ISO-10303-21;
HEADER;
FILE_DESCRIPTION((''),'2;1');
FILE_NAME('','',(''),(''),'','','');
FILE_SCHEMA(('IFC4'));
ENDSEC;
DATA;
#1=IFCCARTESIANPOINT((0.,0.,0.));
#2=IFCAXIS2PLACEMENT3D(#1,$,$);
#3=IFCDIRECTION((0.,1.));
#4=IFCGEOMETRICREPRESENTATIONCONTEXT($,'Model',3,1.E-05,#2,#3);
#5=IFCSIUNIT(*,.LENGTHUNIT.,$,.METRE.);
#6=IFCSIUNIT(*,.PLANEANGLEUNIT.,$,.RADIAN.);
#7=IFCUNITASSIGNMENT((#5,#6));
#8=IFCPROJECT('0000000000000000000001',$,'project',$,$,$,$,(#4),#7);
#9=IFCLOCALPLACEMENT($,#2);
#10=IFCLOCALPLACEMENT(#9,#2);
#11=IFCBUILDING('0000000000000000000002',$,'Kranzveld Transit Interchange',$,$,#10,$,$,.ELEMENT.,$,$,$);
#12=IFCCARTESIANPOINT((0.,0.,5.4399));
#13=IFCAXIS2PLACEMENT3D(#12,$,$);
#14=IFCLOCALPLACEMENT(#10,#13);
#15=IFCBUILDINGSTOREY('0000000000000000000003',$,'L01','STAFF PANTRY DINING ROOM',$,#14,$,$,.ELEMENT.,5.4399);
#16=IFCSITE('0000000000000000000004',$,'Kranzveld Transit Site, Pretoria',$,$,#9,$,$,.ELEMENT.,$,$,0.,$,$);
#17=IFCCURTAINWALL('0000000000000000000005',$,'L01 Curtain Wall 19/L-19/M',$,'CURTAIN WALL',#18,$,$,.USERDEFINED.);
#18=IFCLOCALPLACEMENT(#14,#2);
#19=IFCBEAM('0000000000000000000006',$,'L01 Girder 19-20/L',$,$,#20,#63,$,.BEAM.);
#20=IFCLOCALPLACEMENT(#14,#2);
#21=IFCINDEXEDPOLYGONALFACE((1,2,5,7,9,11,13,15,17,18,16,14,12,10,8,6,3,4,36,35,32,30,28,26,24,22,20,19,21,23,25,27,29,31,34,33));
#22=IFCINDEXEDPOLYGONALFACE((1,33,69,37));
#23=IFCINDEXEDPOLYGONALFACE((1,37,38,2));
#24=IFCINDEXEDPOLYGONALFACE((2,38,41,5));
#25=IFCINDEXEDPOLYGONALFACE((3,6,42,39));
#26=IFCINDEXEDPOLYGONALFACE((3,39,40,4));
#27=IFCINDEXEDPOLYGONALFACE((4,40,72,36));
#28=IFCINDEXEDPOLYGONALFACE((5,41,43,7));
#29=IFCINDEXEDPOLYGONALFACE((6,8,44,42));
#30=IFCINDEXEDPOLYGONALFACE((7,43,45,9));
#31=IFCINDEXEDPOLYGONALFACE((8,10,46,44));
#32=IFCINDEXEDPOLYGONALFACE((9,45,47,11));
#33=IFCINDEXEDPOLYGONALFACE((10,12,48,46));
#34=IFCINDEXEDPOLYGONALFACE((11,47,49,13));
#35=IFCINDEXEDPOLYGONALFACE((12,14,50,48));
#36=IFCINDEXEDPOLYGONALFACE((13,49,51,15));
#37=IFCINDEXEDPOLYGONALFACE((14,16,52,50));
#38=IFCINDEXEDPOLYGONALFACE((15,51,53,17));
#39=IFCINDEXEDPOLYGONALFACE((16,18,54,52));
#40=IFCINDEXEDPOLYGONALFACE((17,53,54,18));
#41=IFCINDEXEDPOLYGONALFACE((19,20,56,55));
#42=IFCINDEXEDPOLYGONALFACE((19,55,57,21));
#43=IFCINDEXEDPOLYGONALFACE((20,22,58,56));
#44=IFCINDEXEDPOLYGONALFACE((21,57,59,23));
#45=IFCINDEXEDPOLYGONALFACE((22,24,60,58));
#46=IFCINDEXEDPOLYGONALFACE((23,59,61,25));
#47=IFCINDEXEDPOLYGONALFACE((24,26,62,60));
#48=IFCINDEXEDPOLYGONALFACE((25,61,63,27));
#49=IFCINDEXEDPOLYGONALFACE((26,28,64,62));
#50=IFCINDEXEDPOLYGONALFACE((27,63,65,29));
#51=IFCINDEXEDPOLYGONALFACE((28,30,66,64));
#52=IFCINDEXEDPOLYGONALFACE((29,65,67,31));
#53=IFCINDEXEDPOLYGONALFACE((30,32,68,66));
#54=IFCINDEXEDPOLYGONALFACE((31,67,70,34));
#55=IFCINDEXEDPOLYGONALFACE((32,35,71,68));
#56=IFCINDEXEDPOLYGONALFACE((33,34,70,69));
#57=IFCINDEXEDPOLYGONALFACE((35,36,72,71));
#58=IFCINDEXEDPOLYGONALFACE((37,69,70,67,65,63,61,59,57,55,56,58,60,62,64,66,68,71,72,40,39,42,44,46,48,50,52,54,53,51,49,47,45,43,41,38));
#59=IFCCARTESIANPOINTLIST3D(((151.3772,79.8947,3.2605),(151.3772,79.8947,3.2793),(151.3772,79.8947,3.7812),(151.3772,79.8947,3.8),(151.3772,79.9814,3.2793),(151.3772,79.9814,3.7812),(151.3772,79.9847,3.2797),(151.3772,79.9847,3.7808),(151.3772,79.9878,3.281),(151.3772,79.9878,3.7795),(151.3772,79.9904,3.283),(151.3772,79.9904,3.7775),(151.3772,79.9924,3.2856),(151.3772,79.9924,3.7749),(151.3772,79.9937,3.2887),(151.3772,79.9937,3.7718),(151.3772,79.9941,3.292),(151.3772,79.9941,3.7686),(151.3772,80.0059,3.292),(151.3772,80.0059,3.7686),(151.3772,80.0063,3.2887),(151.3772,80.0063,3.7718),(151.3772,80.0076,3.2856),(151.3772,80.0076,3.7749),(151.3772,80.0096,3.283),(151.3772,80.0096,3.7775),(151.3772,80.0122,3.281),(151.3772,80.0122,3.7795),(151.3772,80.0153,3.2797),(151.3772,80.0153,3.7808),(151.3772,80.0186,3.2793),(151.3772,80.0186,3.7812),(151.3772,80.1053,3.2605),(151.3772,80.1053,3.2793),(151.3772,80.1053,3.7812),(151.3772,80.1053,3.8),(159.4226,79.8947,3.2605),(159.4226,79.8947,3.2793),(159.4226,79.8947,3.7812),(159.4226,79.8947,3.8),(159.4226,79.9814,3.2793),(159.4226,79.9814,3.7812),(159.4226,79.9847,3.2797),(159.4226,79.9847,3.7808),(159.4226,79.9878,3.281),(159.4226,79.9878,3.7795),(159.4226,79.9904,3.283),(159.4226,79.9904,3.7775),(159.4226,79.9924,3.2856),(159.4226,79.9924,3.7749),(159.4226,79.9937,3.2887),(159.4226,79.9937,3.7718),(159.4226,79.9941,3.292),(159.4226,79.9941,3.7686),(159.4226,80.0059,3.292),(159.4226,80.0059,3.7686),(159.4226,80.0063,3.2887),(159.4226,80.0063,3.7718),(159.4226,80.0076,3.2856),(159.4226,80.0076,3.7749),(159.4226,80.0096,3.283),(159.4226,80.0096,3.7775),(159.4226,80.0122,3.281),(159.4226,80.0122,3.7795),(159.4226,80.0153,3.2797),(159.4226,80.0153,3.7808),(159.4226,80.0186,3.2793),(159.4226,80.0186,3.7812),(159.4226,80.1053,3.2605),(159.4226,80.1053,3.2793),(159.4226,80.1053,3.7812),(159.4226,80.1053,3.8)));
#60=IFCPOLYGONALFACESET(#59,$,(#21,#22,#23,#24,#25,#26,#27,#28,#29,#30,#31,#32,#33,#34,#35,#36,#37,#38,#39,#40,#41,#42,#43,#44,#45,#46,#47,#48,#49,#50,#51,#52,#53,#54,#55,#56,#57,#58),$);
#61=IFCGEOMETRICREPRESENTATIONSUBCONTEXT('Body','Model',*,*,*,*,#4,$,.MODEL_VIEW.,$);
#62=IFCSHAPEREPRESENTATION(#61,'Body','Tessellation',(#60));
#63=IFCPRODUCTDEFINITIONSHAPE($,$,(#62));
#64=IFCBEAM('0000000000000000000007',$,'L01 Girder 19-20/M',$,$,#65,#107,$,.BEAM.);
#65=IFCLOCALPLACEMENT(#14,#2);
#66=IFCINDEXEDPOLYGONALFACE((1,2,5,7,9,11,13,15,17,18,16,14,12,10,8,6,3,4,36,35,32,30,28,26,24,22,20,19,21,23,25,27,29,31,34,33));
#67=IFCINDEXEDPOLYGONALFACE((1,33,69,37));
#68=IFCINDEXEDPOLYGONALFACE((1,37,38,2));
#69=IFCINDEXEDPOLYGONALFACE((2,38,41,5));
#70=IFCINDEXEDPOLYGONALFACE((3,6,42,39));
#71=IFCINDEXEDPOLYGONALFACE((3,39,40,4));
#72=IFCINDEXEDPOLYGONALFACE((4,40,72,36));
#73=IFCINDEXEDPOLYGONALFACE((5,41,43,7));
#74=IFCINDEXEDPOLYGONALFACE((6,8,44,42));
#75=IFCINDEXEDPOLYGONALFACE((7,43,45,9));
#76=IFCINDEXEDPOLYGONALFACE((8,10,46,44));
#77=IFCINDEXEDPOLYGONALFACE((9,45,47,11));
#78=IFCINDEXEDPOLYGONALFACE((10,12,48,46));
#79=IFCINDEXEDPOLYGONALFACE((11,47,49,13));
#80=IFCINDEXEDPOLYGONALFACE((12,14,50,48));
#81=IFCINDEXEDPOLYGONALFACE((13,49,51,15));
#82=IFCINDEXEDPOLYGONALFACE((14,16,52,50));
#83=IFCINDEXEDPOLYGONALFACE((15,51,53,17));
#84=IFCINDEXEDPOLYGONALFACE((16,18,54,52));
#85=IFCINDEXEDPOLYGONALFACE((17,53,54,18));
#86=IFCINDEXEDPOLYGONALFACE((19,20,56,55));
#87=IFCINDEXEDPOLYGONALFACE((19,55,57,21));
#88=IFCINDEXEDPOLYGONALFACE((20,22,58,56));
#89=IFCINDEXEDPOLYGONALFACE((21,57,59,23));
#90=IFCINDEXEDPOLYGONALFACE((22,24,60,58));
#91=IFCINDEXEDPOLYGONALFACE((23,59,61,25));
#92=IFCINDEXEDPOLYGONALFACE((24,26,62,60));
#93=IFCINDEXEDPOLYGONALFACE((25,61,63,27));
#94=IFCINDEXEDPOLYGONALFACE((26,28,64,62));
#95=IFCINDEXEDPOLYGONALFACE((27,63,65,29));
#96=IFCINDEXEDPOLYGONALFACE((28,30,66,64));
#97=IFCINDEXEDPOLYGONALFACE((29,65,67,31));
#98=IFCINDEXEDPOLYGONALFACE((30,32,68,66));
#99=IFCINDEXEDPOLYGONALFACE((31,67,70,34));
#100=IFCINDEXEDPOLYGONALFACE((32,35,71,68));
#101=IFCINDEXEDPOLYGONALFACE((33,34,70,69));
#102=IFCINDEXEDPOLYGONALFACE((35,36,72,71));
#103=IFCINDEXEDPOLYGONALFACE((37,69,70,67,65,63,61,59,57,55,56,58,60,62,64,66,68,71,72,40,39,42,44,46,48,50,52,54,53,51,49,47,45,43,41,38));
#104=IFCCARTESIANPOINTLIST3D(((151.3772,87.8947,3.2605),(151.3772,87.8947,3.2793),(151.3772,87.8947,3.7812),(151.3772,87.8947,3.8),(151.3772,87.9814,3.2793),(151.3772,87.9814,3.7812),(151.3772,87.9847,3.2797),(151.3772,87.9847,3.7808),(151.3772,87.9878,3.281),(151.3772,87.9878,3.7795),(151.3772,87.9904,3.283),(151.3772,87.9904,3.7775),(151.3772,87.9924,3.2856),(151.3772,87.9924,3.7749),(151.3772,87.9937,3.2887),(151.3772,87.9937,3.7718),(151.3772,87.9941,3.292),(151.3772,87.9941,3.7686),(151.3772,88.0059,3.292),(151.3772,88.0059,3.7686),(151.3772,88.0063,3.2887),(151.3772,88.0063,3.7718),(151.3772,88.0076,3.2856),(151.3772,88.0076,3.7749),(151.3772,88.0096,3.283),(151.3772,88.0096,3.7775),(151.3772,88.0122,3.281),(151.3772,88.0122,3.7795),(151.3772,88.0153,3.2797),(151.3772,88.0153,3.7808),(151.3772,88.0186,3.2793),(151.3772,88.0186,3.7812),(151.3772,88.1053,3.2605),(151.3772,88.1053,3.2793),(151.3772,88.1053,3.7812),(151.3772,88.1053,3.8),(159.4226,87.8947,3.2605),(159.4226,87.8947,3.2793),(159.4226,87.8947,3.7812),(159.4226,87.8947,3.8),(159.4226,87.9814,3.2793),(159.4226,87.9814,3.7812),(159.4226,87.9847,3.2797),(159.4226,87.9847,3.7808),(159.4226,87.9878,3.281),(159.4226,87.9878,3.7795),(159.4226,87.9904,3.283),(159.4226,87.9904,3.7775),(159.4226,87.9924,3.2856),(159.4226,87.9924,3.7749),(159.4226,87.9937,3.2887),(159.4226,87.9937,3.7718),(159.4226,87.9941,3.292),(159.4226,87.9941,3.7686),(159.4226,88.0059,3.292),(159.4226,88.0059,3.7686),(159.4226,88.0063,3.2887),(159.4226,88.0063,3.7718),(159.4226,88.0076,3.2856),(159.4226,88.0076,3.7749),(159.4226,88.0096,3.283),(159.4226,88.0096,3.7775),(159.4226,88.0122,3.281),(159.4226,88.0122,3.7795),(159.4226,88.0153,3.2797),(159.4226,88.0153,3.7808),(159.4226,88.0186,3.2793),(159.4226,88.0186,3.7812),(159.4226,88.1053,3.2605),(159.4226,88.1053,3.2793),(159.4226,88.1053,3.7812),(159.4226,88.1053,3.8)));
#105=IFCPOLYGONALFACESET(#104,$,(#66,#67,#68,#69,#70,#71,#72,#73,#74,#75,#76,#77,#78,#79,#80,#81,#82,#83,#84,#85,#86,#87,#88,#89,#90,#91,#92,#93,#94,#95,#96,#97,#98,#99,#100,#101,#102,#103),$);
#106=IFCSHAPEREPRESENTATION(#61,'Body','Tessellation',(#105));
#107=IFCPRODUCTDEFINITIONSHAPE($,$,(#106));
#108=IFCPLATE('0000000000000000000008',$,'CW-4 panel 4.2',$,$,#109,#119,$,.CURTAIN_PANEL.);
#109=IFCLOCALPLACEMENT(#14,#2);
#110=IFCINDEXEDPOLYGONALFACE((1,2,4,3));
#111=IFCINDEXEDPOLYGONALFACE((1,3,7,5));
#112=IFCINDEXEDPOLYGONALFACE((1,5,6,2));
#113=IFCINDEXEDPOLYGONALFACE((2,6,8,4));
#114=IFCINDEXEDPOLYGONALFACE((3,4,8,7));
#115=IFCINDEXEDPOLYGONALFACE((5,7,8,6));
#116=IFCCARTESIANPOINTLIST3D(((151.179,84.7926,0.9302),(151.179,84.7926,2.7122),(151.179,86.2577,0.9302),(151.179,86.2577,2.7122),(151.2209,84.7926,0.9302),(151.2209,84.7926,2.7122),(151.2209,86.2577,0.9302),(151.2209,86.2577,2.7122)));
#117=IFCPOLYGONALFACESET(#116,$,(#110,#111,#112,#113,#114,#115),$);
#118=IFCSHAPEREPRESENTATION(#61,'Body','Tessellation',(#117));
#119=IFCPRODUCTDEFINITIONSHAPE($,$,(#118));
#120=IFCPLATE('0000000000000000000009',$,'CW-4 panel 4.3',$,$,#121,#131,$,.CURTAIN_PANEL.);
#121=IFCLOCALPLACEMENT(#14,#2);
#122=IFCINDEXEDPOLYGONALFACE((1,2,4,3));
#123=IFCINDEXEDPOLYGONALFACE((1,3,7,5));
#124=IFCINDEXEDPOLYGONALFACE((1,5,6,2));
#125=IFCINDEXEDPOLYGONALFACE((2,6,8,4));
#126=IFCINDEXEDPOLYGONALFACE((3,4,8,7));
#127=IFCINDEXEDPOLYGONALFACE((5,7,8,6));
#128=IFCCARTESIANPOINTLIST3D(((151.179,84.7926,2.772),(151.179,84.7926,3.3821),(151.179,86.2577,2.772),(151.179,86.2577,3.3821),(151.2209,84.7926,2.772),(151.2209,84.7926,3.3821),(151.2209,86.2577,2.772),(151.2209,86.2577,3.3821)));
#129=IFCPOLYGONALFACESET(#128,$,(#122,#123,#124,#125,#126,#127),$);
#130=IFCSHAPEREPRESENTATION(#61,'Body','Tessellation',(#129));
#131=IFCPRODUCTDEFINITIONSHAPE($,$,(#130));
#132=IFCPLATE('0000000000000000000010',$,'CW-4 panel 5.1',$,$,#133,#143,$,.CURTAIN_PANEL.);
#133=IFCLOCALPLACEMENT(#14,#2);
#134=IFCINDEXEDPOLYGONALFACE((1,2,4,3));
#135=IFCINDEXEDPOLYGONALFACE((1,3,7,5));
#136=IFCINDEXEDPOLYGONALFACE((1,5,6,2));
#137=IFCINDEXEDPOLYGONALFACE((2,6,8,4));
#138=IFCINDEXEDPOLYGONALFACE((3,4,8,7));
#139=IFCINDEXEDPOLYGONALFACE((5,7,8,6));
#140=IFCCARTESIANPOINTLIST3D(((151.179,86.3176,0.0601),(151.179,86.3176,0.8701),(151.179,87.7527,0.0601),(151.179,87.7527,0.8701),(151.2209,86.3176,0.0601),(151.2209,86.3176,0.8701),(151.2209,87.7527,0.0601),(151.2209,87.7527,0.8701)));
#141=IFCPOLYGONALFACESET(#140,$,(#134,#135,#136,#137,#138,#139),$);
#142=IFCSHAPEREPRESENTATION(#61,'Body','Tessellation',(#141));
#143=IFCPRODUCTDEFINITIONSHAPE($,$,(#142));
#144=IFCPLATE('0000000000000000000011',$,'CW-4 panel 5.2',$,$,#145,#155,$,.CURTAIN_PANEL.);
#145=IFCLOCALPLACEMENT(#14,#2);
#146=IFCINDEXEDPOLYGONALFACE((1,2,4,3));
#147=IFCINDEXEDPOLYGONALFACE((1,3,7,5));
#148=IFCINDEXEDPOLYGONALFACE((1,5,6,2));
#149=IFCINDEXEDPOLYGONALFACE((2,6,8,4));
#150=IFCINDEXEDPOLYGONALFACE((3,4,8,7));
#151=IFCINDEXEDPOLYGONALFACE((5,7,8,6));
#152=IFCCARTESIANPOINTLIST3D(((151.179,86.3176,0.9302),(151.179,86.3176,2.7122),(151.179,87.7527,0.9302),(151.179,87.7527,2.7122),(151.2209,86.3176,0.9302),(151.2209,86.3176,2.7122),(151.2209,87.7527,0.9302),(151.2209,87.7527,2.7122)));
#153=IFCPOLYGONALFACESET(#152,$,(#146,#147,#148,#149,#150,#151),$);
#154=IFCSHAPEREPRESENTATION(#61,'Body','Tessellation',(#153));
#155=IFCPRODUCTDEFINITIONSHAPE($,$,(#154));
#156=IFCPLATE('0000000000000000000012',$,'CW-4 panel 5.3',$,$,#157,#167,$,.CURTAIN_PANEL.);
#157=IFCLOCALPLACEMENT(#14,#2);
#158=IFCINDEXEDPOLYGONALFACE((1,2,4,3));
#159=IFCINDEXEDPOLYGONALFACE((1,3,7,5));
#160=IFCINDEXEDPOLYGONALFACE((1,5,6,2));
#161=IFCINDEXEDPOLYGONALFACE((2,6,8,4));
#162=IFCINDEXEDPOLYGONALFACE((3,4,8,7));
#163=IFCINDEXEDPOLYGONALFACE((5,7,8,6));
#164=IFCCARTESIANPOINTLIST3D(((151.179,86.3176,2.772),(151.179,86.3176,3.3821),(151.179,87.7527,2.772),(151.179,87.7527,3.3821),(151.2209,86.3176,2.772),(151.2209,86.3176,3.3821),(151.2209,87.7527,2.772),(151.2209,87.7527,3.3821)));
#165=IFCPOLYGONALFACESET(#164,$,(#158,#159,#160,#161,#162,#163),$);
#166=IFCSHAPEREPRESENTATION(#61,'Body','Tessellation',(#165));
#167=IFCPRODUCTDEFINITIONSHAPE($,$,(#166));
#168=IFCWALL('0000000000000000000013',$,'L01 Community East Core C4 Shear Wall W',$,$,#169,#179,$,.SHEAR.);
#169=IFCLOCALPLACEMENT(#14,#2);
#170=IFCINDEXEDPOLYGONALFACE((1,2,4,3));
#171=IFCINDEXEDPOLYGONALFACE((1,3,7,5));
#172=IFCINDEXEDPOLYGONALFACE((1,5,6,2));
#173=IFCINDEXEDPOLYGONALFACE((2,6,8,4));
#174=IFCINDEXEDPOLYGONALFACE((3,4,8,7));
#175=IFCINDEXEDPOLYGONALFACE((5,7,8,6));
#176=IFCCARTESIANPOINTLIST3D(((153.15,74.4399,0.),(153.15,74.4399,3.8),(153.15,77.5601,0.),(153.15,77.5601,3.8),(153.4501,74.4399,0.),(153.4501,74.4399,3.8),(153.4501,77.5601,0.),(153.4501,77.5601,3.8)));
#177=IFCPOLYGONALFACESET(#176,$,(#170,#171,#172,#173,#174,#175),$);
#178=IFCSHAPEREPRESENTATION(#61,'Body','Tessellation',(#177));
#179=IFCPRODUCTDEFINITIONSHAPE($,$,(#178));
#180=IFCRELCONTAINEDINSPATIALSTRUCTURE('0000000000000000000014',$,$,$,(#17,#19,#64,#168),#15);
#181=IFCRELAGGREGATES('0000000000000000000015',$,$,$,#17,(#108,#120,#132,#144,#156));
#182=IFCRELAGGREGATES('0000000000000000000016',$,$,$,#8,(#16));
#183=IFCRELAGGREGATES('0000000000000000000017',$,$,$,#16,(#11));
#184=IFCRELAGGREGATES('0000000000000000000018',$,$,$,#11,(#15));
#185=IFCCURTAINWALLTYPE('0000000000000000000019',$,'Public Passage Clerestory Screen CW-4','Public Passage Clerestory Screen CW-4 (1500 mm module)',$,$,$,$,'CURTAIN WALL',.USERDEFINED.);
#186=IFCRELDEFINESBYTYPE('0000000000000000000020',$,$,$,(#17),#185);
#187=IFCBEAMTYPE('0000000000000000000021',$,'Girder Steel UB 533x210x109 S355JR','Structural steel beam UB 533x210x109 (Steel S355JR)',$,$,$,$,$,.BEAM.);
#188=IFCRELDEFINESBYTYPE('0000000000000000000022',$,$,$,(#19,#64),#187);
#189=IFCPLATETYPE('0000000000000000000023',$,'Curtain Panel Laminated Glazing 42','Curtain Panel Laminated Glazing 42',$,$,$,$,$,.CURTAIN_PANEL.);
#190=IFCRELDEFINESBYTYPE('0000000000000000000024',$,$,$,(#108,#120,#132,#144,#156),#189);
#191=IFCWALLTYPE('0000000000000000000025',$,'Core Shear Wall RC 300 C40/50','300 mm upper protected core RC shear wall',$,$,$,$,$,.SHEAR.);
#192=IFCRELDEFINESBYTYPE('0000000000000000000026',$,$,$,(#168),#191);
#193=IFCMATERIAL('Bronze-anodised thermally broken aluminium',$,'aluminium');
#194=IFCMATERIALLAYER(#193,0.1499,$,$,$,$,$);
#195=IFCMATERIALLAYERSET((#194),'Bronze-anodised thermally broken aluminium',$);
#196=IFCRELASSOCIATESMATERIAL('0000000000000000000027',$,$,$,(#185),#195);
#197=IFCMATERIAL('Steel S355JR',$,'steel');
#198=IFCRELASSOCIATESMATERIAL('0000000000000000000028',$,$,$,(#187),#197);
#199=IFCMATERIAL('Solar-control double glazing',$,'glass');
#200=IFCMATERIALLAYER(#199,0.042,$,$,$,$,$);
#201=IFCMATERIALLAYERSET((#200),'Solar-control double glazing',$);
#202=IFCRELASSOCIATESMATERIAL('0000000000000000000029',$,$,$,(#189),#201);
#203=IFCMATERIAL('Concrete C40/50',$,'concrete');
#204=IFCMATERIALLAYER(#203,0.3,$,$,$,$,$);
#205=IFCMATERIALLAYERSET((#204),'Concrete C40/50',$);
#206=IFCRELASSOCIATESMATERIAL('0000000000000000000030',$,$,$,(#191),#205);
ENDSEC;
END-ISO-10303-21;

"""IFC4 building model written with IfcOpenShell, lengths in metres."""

from ifc_helpers import new_model, si_unit, direction, frame, frame_2d, origin, origin_2d, place, context, subcontext, project, spatial, rectangle, i_section, extrude, material, layer, layer_set, material_profile, profile_set, type_object, element, aggregate, save


model = new_model("IFC4")

# Units and contexts
model_context = context("Model", 3, precision=1e-05, world=origin(), true_north=direction((0.0, 1.0)))
body_context = subcontext(model_context, "Body", "Model", "MODEL_VIEW")
ifc_project = project(units=[si_unit("LENGTHUNIT", "METRE"), si_unit("PLANEANGLEUNIT", "RADIAN")], contexts=[model_context])

# Site, building, storey
site_placement = place(None, origin())
site = spatial("IfcSite", under=ifc_project, at=site_placement, Name="Kranzveld Transit Site, Pretoria", CompositionType="ELEMENT", RefElevation=0.0)
building_placement = place(site_placement, origin())
building = spatial("IfcBuilding", under=site, at=building_placement, Name="Kranzveld Transit Interchange", CompositionType="ELEMENT")
storey_placement = place(building_placement, frame((0.0, 0.0, 5.4399)))
storey = spatial("IfcBuildingStorey", under=building, at=storey_placement, Name="L01", Description="STAFF PANTRY DINING ROOM", CompositionType="ELEMENT", Elevation=5.4399)

# Curtain wall
ifc_material_1 = material(Name="Bronze-anodised thermally broken aluminium", Category="aluminium")
ifc_layer_1 = layer(ifc_material_1, 0.1499)
ifc_layer_set_1 = layer_set([ifc_layer_1], Name="Bronze-anodised thermally broken aluminium")
curtain_wall_type_1 = type_object("IfcCurtainWallType", Name="Public Passage Clerestory Screen CW-4", Description="Public Passage Clerestory Screen CW-4 (1500 mm module)", ElementType="CURTAIN WALL", PredefinedType="USERDEFINED", material=ifc_layer_set_1)
curtain_wall_1_placement = place(storey_placement, origin())
curtain_wall_1 = element("IfcCurtainWall", 1, at=curtain_wall_1_placement, inside=storey, type_object=curtain_wall_type_1, Name="L01 Curtain Wall 19/L-19/M", ObjectType="CURTAIN WALL", PredefinedType="USERDEFINED")

# Beams
ifc_material_2 = material(Name="Steel S355JR", Category="steel")
ifc_material_profile_1 = material_profile(ifc_material_2, i_section(OverallWidth=0.2107, OverallDepth=0.5396, WebThickness=0.0117, FlangeThickness=0.0188, FilletRadius=0.0127, at=origin_2d()), Name="UB 533x210x109")
ifc_profile_set_1 = profile_set([ifc_material_profile_1], Name="Steel S355JR")
beam_type_1 = type_object("IfcBeamType", Name="Girder Steel UB 533x210x109 S355JR", Description="Structural steel beam UB 533x210x109 (Steel S355JR)", PredefinedType="BEAM", material=ifc_profile_set_1)
for number, where, z_axis, x_axis, name in (
    (2, (151.3772, 80.0, 3.5303), (1.0, 0.0, 0.0), (0.0, 1.0, 0.0), "L01 Girder 19-20/L"),
    (3, (151.3772, 88.0, 3.5303), (1.0, 0.0, 0.0), (0.0, 1.0, 0.0), "L01 Girder 19-20/M"),
):
    element("IfcBeam", number, at=place(storey_placement, frame(where, z_axis=z_axis, x_axis=x_axis)), inside=storey, type_object=beam_type_1, Name=name, PredefinedType="BEAM", context=body_context, shape_type="SweptSolid", body=[
        extrude(i_section(OverallWidth=0.2107, OverallDepth=0.5396, WebThickness=0.0117, FlangeThickness=0.0188, FilletRadius=0.0127, at=origin_2d()), origin(), (0.0, 0.0, 1.0), 8.0454),
    ])

# Plates
ifc_material_3 = material(Name="Solar-control double glazing", Category="glass")
ifc_layer_2 = layer(ifc_material_3, 0.042)
ifc_layer_set_2 = layer_set([ifc_layer_2], Name="Solar-control double glazing")
plate_type = type_object("IfcPlateType", Name="Curtain Panel Laminated Glazing 42", Description="Curtain Panel Laminated Glazing 42", PredefinedType="CURTAIN_PANEL", material=ifc_layer_set_2)
plate_1_placement = place(storey_placement, frame((151.2, 85.5251, 0.9302), z_axis=(0.0, 0.0, 1.0), x_axis=(0.0, 1.0, 0.0)))
plate_1 = element("IfcPlate", 4, at=plate_1_placement, type_object=plate_type, Name="CW-4 panel 4.2", PredefinedType="CURTAIN_PANEL", context=body_context, shape_type="SweptSolid", body=[
    extrude(rectangle(XDim=1.4651, YDim=0.042, at=origin_2d()), origin(), (0.0, 0.0, 1.0), 1.782),
])
plate_2_placement = place(storey_placement, frame((151.2, 85.5251, 2.772), z_axis=(0.0, 0.0, 1.0), x_axis=(0.0, 1.0, 0.0)))
plate_2 = element("IfcPlate", 5, at=plate_2_placement, type_object=plate_type, Name="CW-4 panel 4.3", PredefinedType="CURTAIN_PANEL", context=body_context, shape_type="SweptSolid", body=[
    extrude(rectangle(XDim=1.4651, YDim=0.042, at=origin_2d()), origin(), (0.0, 0.0, 1.0), 0.6101),
])
plate_3_placement = place(storey_placement, frame((151.2, 87.0352, 0.0601), z_axis=(0.0, 0.0, 1.0), x_axis=(0.0, 1.0, 0.0)))
plate_3 = element("IfcPlate", 6, at=plate_3_placement, type_object=plate_type, Name="CW-4 panel 5.1", PredefinedType="CURTAIN_PANEL", context=body_context, shape_type="SweptSolid", body=[
    extrude(rectangle(XDim=1.4351, YDim=0.042, at=origin_2d()), origin(), (0.0, 0.0, 1.0), 0.8101),
])
plate_4_placement = place(storey_placement, frame((151.2, 87.0352, 0.9302), z_axis=(0.0, 0.0, 1.0), x_axis=(0.0, 1.0, 0.0)))
plate_4 = element("IfcPlate", 7, at=plate_4_placement, type_object=plate_type, Name="CW-4 panel 5.2", PredefinedType="CURTAIN_PANEL", context=body_context, shape_type="SweptSolid", body=[
    extrude(rectangle(XDim=1.4351, YDim=0.042, at=origin_2d()), origin(), (0.0, 0.0, 1.0), 1.782),
])
plate_5_placement = place(storey_placement, frame((151.2, 87.0352, 2.772), z_axis=(0.0, 0.0, 1.0), x_axis=(0.0, 1.0, 0.0)))
plate_5 = element("IfcPlate", 8, at=plate_5_placement, type_object=plate_type, Name="CW-4 panel 5.3", PredefinedType="CURTAIN_PANEL", context=body_context, shape_type="SweptSolid", body=[
    extrude(rectangle(XDim=1.4351, YDim=0.042, at=origin_2d()), origin(), (0.0, 0.0, 1.0), 0.6101),
])
aggregate(curtain_wall_1, [plate_1, plate_2, plate_3, plate_4, plate_5])

# Shared definitions
ifc_material_4 = material(Name="Concrete C40/50", Category="concrete")
ifc_layer_3 = layer(ifc_material_4, 0.3)
ifc_layer_set_3 = layer_set([ifc_layer_3], Name="Concrete C40/50")
wall_type_1 = type_object("IfcWallType", Name="Core Shear Wall RC 300 C40/50", Description="300 mm upper protected core RC shear wall", PredefinedType="SHEAR", material=ifc_layer_set_3)

# Wall
wall_1_placement = place(storey_placement, frame((153.3, 74.4399, 0.0), z_axis=(0.0, 0.0, 1.0), x_axis=(0.0, 1.0, 0.0)))
element("IfcWall", 9, at=wall_1_placement, inside=storey, type_object=wall_type_1, Name="L01 Community East Core C4 Shear Wall W", PredefinedType="SHEAR", context=body_context, shape_type="SweptSolid", body=[
    extrude(rectangle(XDim=3.1201, YDim=0.3, at=frame_2d((1.5601, 0.0))), origin(), (0.0, 0.0, 1.0), 3.8),
])

save(model, "model.ifc")
